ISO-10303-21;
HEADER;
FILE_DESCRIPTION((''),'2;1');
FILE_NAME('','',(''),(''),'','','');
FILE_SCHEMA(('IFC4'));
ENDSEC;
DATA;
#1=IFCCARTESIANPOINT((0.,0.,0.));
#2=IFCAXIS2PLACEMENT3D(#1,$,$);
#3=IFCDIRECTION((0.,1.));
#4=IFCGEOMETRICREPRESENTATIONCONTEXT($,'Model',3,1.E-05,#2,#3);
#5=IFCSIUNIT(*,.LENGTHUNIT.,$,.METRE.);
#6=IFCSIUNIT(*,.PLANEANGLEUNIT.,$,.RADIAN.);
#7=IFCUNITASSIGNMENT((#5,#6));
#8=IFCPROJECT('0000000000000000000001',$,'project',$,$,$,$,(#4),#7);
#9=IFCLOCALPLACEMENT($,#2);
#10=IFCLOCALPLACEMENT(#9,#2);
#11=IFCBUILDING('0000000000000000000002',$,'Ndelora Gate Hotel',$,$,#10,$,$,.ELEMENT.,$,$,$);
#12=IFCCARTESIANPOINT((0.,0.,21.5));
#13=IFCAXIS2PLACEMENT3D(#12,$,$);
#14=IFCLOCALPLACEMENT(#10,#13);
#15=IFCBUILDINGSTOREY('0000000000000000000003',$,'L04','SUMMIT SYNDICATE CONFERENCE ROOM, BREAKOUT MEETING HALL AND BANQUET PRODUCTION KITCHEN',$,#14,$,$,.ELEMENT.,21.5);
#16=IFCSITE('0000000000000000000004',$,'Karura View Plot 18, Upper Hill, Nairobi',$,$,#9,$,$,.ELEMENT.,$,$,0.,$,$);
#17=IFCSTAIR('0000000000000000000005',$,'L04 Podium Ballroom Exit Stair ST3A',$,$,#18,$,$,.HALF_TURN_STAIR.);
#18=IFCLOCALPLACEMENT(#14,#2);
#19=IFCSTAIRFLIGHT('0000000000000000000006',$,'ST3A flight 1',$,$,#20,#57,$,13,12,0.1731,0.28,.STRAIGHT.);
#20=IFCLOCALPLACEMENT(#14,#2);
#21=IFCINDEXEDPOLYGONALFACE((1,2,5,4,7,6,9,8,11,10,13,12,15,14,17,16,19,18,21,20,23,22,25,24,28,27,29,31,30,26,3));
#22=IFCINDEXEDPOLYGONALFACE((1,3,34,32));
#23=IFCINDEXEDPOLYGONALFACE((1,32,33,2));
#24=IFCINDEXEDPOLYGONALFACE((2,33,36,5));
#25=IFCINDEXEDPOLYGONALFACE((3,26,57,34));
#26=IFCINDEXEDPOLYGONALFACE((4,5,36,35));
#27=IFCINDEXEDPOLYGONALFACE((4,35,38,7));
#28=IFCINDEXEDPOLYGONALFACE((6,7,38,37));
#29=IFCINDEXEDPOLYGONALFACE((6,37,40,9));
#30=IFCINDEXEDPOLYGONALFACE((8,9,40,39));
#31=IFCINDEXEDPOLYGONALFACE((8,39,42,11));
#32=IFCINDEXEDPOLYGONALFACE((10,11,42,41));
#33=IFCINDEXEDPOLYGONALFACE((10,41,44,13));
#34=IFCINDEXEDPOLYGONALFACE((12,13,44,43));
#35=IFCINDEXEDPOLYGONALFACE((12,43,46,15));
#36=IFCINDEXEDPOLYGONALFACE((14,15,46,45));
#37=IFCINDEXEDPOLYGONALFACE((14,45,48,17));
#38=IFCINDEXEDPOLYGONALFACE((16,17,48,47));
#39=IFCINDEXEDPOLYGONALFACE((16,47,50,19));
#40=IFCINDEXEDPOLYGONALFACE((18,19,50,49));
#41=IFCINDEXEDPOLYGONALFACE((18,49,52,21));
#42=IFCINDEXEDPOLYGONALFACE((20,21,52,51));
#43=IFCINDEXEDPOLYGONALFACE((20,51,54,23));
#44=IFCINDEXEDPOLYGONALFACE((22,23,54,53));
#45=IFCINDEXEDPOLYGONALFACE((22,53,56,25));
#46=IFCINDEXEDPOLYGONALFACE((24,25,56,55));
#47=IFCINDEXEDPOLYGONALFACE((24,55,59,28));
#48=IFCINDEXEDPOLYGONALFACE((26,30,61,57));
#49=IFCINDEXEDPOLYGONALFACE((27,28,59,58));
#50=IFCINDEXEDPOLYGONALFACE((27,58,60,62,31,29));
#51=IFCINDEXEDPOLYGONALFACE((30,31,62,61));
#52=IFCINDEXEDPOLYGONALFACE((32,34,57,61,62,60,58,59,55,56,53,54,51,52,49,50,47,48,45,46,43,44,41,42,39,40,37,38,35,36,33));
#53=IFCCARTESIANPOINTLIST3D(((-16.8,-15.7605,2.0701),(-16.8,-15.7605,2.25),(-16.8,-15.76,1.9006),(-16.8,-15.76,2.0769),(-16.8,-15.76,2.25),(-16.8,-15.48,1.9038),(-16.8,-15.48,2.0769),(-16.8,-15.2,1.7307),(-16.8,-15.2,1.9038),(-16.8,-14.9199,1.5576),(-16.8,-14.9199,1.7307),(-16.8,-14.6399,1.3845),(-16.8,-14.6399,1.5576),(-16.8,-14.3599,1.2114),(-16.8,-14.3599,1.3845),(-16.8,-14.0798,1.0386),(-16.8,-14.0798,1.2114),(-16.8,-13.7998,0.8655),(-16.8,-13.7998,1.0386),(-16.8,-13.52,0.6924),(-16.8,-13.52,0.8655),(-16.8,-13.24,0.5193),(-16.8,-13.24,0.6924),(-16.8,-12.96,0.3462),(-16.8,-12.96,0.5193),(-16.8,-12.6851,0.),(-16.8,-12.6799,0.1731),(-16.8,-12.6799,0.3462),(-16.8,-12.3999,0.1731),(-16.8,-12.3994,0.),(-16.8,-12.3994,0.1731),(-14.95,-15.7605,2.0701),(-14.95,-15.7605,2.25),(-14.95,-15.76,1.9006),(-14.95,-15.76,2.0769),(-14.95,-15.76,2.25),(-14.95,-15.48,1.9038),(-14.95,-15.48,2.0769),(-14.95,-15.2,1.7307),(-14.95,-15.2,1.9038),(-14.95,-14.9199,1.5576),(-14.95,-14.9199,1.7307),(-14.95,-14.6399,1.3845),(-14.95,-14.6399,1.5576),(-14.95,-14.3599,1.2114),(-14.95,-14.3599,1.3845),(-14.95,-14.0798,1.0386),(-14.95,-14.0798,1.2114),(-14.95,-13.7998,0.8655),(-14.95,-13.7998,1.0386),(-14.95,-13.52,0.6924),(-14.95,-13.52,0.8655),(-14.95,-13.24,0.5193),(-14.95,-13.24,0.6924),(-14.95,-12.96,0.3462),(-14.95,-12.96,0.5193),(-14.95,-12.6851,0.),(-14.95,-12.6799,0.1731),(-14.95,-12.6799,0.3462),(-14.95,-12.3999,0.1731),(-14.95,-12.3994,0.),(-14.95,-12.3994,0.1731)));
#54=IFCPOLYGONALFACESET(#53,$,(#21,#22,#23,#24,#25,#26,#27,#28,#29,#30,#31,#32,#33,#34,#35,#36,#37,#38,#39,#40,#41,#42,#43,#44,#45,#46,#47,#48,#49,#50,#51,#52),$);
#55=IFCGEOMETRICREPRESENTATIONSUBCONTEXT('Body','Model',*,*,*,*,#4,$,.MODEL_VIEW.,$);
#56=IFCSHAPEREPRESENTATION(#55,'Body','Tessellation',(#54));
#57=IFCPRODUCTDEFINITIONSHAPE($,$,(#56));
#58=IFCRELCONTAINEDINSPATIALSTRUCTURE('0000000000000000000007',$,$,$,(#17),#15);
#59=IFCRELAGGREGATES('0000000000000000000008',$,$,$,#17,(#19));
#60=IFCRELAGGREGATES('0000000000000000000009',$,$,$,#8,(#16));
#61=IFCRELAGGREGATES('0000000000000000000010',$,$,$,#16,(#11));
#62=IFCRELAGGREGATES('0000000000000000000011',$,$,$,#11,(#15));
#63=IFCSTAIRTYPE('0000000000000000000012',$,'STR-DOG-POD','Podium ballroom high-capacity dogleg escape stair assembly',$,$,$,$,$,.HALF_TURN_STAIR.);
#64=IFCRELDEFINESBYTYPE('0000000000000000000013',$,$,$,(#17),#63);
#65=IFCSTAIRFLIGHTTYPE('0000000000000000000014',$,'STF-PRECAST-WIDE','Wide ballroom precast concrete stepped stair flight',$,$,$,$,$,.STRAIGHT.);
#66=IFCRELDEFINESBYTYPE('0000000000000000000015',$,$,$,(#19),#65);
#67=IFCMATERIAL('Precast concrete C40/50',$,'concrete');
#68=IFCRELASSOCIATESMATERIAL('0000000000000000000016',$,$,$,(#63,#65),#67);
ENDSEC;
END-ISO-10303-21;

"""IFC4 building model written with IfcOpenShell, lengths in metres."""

from ifc_helpers import new_model, si_unit, direction, frame, origin, place, context, subcontext, project, spatial, polyline, outline, extrude, material, type_object, element, aggregate, save


model = new_model("IFC4")

# Units and contexts
model_context = context("Model", 3, precision=1e-05, world=origin(), true_north=direction((0.0, 1.0)))
body_context = subcontext(model_context, "Body", "Model", "MODEL_VIEW")
ifc_project = project(units=[si_unit("LENGTHUNIT", "METRE"), si_unit("PLANEANGLEUNIT", "RADIAN")], contexts=[model_context])

# Site, building, storey
site_placement = place(None, origin())
site = spatial("IfcSite", under=ifc_project, at=site_placement, Name="Karura View Plot 18, Upper Hill, Nairobi", CompositionType="ELEMENT", RefElevation=0.0)
building_placement = place(site_placement, origin())
building = spatial("IfcBuilding", under=site, at=building_placement, Name="Ndelora Gate Hotel", CompositionType="ELEMENT")
storey_placement = place(building_placement, frame((0.0, 0.0, 21.5)))
storey = spatial("IfcBuildingStorey", under=building, at=storey_placement, Name="L04", Description="SUMMIT SYNDICATE CONFERENCE ROOM, BREAKOUT MEETING HALL AND BANQUET PRODUCTION KITCHEN", CompositionType="ELEMENT", Elevation=21.5)

# Shared definitions
ifc_material_1 = material(Name="Precast concrete C40/50", Category="concrete")

# Stair, stair flight
stair_type = type_object("IfcStairType", Name="STR-DOG-POD", Description="Podium ballroom high-capacity dogleg escape stair assembly", PredefinedType="HALF_TURN_STAIR", material=ifc_material_1)
stair_placement = place(storey_placement, origin())
stair = element("IfcStair", 1, at=stair_placement, inside=storey, type_object=stair_type, Name="L04 Podium Ballroom Exit Stair ST3A", PredefinedType="HALF_TURN_STAIR")
stair_flight_type = type_object("IfcStairFlightType", Name="STF-PRECAST-WIDE", Description="Wide ballroom precast concrete stepped stair flight", PredefinedType="STRAIGHT", material=ifc_material_1)
stair_flight_placement = place(storey_placement, frame((-15.875, -12.3999, 0.0), z_axis=(0.0, 0.0, 1.0), x_axis=(0.0, -1.0, 0.0)))
stair_flight = element("IfcStairFlight", 2, at=stair_flight_placement, type_object=stair_flight_type, Name="ST3A flight 1", NumberOfRisers=13, NumberOfTreads=12, PredefinedType="STRAIGHT", RiserHeight=0.1731, TreadLength=0.28, context=body_context, shape_type="SweptSolid", body=[
    extrude(outline(polyline([(-0.0005, 0.0), (-0.0005, 0.1731), (0.0, 0.1731), (0.28, 0.1731), (0.28, 0.3462), (0.5601, 0.3462), (0.5601, 0.5193), (0.8401, 0.5193), (0.8401, 0.6924), (1.1201, 0.6924), (1.1201, 0.8655), (1.3999, 0.8655), (1.3999, 1.0386), (1.6799, 1.0386), (1.6799, 1.2114), (1.96, 1.2114), (1.96, 1.3845), (2.24, 1.3845), (2.24, 1.5576), (2.52, 1.5576), (2.52, 1.7307), (2.8, 1.7307), (2.8, 1.9038), (3.0801, 1.9038), (3.0801, 2.0769), (3.3601, 2.0769), (3.3601, 2.25), (3.3606, 2.25), (3.3606, 2.0701), (3.3601, 1.9006), (0.2852, 0.0), (-0.0005, 0.0)])), frame((0.0, 0.925, 0.0), z_axis=(0.0, -1.0, 0.0), x_axis=(1.0, 0.0, 0.0)), (0.0, 0.0, 1.0), 1.8501),
])
aggregate(stair, [stair_flight])

save(model, "model.ifc")
